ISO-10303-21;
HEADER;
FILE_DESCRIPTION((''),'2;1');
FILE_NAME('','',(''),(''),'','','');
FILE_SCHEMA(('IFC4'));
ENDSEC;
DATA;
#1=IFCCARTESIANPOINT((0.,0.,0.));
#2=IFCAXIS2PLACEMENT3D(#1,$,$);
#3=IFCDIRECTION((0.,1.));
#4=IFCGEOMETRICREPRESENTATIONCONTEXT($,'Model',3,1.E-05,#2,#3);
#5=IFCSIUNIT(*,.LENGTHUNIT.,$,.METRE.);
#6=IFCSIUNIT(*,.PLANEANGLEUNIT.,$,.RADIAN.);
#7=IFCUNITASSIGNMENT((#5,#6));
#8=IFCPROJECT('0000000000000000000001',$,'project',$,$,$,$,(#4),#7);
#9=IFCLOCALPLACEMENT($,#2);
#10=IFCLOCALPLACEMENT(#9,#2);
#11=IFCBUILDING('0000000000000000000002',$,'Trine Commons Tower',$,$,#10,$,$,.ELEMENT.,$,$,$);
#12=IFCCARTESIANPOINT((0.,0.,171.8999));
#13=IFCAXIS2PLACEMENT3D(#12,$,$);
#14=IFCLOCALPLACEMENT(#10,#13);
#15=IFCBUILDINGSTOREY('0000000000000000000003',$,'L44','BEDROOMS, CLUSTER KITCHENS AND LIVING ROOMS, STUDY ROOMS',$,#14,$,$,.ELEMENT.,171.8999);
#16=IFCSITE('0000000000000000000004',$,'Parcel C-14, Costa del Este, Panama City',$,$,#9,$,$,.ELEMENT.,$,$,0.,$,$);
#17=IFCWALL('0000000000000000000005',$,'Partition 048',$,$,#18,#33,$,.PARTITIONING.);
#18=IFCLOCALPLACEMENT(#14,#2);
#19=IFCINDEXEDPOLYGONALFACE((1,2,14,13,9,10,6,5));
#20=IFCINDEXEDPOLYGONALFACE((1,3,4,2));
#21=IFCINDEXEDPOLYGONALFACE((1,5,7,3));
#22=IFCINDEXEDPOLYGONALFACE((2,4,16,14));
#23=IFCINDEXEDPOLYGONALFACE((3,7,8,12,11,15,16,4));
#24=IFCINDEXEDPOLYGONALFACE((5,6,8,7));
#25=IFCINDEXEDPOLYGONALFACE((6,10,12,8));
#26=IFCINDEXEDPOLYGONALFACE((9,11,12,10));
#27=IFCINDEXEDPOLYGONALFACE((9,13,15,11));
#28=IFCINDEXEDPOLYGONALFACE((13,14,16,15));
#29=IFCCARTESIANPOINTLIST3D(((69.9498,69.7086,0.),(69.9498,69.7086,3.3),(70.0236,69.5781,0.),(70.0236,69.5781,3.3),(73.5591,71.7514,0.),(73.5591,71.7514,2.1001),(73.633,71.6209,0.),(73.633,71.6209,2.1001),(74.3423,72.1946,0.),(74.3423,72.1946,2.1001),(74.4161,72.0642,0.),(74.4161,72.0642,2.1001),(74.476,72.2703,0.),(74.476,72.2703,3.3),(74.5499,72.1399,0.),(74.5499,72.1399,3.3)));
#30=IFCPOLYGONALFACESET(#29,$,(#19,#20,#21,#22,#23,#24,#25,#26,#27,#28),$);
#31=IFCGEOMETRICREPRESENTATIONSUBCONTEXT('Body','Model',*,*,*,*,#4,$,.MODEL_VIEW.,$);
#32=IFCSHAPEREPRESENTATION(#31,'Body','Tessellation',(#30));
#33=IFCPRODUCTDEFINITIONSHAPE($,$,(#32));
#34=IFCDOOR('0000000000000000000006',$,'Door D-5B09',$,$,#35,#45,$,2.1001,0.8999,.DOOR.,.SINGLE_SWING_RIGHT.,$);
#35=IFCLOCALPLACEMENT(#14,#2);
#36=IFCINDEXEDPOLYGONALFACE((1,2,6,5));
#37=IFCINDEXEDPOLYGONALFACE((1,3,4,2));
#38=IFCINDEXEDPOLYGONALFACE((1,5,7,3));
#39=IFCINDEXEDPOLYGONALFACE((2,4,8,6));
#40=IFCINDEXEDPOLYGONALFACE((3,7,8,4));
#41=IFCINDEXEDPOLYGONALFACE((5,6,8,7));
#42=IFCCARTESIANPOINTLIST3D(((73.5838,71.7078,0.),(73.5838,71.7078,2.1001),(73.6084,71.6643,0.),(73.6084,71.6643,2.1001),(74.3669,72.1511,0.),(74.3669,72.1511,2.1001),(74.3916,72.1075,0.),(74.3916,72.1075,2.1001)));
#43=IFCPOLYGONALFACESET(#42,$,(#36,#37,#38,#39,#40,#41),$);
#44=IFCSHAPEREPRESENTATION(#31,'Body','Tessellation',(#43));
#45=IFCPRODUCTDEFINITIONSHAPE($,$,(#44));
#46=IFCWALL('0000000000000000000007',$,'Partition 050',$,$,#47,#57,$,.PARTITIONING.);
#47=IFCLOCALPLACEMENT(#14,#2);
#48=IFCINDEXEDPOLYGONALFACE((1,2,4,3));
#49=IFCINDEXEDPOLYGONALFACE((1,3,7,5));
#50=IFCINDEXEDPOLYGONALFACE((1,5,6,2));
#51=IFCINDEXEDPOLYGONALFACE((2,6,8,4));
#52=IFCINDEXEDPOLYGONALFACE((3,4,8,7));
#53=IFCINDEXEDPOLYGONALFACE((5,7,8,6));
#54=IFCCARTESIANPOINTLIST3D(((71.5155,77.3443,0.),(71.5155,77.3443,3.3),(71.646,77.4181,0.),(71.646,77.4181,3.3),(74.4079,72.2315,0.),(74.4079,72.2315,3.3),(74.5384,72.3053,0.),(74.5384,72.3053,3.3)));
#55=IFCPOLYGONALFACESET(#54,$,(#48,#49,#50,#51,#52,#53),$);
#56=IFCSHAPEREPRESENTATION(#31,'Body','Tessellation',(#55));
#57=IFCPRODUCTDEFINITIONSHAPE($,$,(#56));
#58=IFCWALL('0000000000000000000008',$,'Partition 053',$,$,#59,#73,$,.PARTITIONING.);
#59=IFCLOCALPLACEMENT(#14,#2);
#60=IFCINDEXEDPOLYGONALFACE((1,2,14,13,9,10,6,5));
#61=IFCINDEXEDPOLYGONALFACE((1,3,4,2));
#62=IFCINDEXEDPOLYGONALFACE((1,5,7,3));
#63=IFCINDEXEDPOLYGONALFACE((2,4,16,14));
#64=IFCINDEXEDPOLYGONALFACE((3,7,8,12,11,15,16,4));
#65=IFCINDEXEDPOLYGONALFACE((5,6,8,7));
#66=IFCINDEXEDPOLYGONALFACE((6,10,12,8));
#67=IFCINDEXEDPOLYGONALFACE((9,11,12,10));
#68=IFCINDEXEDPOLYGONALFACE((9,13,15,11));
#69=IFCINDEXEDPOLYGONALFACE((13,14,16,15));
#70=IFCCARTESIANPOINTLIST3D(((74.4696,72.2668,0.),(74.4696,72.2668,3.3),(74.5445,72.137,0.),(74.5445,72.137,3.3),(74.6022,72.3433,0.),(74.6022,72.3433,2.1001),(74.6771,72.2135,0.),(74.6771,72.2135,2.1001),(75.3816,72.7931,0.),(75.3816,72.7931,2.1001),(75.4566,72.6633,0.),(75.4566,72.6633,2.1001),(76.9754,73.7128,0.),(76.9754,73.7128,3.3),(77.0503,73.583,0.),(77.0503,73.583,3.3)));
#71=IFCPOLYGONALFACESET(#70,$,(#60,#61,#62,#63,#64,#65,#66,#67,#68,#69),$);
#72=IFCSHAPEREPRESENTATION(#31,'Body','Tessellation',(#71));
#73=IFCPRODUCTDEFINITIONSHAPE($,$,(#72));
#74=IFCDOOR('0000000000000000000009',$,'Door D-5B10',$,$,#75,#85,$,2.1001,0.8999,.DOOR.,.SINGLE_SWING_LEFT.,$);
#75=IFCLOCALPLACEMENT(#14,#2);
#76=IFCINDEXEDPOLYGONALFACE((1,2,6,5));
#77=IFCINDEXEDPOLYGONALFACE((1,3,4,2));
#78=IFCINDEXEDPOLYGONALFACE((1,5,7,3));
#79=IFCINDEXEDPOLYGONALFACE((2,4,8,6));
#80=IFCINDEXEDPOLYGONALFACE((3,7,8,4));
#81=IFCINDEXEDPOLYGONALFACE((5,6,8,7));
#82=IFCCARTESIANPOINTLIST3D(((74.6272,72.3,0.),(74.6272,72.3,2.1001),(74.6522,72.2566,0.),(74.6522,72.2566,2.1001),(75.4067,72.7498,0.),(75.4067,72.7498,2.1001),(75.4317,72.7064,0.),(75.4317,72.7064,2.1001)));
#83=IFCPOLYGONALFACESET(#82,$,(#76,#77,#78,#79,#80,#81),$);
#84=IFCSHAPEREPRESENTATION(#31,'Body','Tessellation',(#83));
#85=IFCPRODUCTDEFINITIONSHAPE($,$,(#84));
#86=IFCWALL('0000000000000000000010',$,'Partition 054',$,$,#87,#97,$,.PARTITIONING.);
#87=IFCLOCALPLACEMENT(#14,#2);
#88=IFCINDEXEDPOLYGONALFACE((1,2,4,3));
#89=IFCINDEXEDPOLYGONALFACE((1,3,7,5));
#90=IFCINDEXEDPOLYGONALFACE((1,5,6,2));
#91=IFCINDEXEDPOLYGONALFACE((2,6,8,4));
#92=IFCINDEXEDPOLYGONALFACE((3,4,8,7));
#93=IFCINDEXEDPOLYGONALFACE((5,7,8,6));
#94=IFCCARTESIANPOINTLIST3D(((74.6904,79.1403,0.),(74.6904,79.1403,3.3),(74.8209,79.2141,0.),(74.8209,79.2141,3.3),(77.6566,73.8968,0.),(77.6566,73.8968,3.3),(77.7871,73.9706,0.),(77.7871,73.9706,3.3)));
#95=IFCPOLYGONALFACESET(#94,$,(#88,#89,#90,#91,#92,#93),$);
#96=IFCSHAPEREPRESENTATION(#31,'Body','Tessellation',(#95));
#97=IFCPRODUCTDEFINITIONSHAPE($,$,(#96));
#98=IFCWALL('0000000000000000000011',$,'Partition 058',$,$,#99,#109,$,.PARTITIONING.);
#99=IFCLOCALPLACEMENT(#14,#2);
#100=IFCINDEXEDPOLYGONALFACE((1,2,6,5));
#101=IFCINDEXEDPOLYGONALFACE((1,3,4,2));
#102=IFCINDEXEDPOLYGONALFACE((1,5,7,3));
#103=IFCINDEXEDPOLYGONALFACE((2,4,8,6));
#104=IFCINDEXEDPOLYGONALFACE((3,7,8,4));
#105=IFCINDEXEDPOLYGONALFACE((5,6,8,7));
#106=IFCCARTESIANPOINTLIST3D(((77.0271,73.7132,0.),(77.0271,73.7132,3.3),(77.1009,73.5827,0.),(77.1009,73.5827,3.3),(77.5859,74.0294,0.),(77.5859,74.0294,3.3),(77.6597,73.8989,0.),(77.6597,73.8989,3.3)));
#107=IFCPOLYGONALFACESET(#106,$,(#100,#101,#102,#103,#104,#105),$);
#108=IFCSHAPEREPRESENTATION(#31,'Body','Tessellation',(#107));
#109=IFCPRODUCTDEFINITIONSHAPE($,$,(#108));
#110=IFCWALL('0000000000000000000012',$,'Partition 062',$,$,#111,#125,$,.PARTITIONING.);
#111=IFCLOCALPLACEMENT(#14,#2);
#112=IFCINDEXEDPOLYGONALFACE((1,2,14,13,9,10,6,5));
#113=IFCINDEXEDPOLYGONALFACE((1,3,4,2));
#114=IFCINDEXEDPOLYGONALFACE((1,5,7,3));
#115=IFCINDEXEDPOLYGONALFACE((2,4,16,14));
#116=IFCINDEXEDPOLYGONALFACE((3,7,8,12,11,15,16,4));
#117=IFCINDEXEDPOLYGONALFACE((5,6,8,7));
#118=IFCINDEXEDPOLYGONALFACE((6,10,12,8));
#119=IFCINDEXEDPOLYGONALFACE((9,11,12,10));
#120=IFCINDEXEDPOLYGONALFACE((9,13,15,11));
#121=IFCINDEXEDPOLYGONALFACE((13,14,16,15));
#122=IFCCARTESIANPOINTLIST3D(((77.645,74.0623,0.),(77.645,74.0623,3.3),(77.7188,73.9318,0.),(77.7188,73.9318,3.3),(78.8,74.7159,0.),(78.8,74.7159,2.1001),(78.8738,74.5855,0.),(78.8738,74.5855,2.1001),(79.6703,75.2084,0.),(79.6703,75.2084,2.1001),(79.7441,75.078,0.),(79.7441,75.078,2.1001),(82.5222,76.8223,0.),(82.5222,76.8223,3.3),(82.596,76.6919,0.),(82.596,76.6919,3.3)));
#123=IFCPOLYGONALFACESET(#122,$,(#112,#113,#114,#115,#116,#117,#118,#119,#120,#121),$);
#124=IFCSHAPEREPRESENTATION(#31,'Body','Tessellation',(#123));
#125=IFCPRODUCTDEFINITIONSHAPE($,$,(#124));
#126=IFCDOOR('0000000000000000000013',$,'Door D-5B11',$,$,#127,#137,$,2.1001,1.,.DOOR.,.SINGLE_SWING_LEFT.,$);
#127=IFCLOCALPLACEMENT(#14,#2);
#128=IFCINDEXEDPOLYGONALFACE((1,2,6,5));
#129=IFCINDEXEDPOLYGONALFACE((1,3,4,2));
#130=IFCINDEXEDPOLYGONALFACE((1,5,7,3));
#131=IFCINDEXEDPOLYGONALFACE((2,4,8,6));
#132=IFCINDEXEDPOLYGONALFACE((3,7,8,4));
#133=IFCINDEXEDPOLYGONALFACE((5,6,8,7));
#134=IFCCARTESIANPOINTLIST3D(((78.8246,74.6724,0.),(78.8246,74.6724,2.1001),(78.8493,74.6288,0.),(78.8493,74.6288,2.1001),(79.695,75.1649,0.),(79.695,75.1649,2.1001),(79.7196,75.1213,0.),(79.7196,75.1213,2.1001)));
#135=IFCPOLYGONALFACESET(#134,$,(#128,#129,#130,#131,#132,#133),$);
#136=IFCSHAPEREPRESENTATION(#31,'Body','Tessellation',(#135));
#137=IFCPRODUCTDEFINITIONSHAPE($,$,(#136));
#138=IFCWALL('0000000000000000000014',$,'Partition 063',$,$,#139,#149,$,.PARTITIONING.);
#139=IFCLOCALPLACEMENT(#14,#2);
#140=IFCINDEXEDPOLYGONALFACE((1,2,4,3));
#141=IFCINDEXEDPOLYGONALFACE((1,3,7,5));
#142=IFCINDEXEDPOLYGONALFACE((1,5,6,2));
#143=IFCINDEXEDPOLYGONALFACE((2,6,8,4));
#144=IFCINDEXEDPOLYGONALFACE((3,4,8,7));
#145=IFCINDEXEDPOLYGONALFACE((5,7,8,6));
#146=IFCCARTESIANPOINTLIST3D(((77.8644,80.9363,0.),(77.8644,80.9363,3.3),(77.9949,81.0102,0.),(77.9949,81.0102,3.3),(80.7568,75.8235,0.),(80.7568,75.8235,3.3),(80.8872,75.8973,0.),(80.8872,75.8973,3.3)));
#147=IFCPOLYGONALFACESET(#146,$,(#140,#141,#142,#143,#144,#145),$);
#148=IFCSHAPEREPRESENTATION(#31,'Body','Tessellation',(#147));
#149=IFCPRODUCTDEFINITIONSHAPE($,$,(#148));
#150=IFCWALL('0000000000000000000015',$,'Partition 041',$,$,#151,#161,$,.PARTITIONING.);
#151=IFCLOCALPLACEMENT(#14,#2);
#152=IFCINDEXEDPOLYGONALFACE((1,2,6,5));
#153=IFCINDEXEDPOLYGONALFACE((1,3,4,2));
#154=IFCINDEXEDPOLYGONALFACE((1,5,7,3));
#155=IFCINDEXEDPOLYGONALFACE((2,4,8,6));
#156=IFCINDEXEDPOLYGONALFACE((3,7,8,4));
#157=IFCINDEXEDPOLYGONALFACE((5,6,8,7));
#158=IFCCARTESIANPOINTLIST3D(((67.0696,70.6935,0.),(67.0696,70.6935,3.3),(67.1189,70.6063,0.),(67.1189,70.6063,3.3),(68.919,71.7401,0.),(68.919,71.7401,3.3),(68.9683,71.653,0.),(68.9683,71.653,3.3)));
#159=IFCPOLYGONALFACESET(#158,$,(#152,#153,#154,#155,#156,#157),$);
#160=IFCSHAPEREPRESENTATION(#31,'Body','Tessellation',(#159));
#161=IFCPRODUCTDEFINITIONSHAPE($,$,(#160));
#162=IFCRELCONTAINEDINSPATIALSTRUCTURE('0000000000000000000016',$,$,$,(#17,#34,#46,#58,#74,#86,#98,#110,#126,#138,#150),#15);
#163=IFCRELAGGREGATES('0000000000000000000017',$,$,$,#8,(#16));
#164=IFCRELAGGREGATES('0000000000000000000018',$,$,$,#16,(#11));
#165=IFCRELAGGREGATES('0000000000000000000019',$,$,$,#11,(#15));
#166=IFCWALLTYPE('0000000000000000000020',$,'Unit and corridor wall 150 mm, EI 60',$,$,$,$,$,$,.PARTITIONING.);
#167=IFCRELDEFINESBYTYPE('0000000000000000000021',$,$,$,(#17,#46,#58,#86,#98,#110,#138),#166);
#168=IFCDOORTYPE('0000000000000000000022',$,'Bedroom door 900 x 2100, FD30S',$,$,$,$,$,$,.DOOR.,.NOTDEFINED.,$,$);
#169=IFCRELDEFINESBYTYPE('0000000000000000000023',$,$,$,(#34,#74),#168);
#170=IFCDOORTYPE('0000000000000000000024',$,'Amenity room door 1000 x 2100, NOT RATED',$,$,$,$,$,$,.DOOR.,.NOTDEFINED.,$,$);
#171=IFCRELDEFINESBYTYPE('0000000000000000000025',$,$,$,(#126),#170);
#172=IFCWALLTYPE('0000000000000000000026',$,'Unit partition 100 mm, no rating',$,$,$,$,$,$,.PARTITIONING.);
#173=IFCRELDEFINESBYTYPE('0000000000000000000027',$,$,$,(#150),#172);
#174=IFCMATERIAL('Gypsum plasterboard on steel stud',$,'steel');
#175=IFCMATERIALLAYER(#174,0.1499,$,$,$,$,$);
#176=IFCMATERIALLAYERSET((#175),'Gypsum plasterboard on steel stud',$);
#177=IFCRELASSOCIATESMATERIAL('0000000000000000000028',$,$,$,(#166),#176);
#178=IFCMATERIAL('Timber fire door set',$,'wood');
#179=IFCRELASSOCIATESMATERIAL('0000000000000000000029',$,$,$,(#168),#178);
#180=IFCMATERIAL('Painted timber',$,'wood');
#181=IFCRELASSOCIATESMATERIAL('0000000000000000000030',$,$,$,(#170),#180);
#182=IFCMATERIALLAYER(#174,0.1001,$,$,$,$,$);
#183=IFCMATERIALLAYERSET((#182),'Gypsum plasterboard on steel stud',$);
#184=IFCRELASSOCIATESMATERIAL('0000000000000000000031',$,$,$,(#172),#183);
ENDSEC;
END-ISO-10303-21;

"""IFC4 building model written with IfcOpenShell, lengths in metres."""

from ifc_helpers import new_model, si_unit, direction, frame, frame_2d, origin, place, context, subcontext, project, spatial, rectangle, extrude, material, layer, layer_set, type_object, element, fill, save


model = new_model("IFC4")

# Units and contexts
model_context = context("Model", 3, precision=1e-05, world=origin(), true_north=direction((0.0, 1.0)))
body_context = subcontext(model_context, "Body", "Model", "MODEL_VIEW")
ifc_project = project(units=[si_unit("LENGTHUNIT", "METRE"), si_unit("PLANEANGLEUNIT", "RADIAN")], contexts=[model_context])

# Site, building, storey
site_placement = place(None, origin())
site = spatial("IfcSite", under=ifc_project, at=site_placement, Name="Parcel C-14, Costa del Este, Panama City", CompositionType="ELEMENT", RefElevation=0.0)
building_placement = place(site_placement, origin())
building = spatial("IfcBuilding", under=site, at=building_placement, Name="Trine Commons Tower", CompositionType="ELEMENT")
storey_placement = place(building_placement, frame((0.0, 0.0, 171.8999)))
storey = spatial("IfcBuildingStorey", under=building, at=storey_placement, Name="L44", Description="BEDROOMS, CLUSTER KITCHENS AND LIVING ROOMS, STUDY ROOMS", CompositionType="ELEMENT", Elevation=171.8999)

# Shared definitions
ifc_material_1 = material(Name="Gypsum plasterboard on steel stud", Category="steel")
ifc_layer_1 = layer(ifc_material_1, 0.1499)
ifc_layer_set_1 = layer_set([ifc_layer_1], Name="Gypsum plasterboard on steel stud")
wall_type_1 = type_object("IfcWallType", Name="Unit and corridor wall 150 mm, EI 60", PredefinedType="PARTITIONING", material=ifc_layer_set_1)

# Wall, opening, door
wall_1_placement = place(storey_placement, frame((69.9866, 69.6433, 0.0), z_axis=(0.0, 0.0, 1.0), x_axis=(0.870284, 0.492551, 0.0)))
wall_1 = element("IfcWall", 1, at=wall_1_placement, inside=storey, type_object=wall_type_1, Name="Partition 048", PredefinedType="PARTITIONING", context=body_context, shape_type="SweptSolid", body=[
    extrude(rectangle(XDim=5.2009, YDim=0.1499, at=frame_2d((2.6006, 0.0))), origin(), (0.0, 0.0, 1.0), 3.3),
])
opening_1_placement = place(wall_1_placement, frame((4.1475, 0.0, 0.0)))
opening_1 = element("IfcOpeningElement", 2, at=opening_1_placement, cuts=wall_1, PredefinedType="OPENING", context=body_context, shape_type="SweptSolid", body=[
    extrude(rectangle(XDim=0.8999, YDim=2.1001, at=frame_2d((0.45, 1.05))), frame((0.0, 0.085, 0.0), z_axis=(0.0, -1.0, 0.0), x_axis=(1.0, 0.0, 0.0)), (0.0, 0.0, 1.0), 0.1699),
])
ifc_material_2 = material(Name="Timber fire door set", Category="wood")
door_type_1 = type_object("IfcDoorType", Name="Bedroom door 900 x 2100, FD30S", OperationType="NOTDEFINED", PredefinedType="DOOR", material=ifc_material_2)
door_1_placement = place(opening_1_placement, origin())
door_1 = element("IfcDoor", 3, at=door_1_placement, inside=storey, type_object=door_type_1, Name="Door D-5B09", OperationType="SINGLE_SWING_RIGHT", OverallHeight=2.1001, OverallWidth=0.8999, PredefinedType="DOOR", context=body_context, shape_type="SweptSolid", body=[
    extrude(rectangle(XDim=0.8999, YDim=2.1001, at=frame_2d((0.45, 1.05))), frame((0.0, 0.0249, 0.0), z_axis=(0.0, -1.0, 0.0), x_axis=(1.0, 0.0, 0.0)), (0.0, 0.0, 1.0), 0.05),
])
fill(opening_1, door_1)

# Wall
wall_2_placement = place(storey_placement, frame((71.5808, 77.3811, 0.0), z_axis=(0.0, 0.0, 1.0), x_axis=(0.492379, -0.870381, 0.0)))
element("IfcWall", 4, at=wall_2_placement, inside=storey, type_object=wall_type_1, Name="Partition 050", PredefinedType="PARTITIONING", context=body_context, shape_type="SweptSolid", body=[
    extrude(rectangle(XDim=5.8743, YDim=0.1499, at=frame_2d((2.937, 0.0))), origin(), (0.0, 0.0, 1.0), 3.3),
])

# Wall, opening, door
wall_3_placement = place(storey_placement, frame((74.5071, 72.2019, 0.0), z_axis=(0.0, 0.0, 1.0), x_axis=(0.866132, 0.499815, 0.0)))
wall_3 = element("IfcWall", 5, at=wall_3_placement, inside=storey, type_object=wall_type_1, Name="Partition 053", PredefinedType="PARTITIONING", context=body_context, shape_type="SweptSolid", body=[
    extrude(rectangle(XDim=2.8931, YDim=0.1499, at=frame_2d((1.4465, 0.0))), origin(), (0.0, 0.0, 1.0), 3.3),
])
opening_2_placement = place(wall_3_placement, frame((0.1531, 0.0, 0.0)))
opening_2 = element("IfcOpeningElement", 6, at=opening_2_placement, cuts=wall_3, PredefinedType="OPENING", context=body_context, shape_type="SweptSolid", body=[
    extrude(rectangle(XDim=0.8999, YDim=2.1001, at=frame_2d((0.45, 1.05))), frame((0.0, 0.085, 0.0), z_axis=(0.0, -1.0, 0.0), x_axis=(1.0, 0.0, 0.0)), (0.0, 0.0, 1.0), 0.1699),
])
door_2_placement = place(opening_2_placement, origin())
door_2 = element("IfcDoor", 7, at=door_2_placement, inside=storey, type_object=door_type_1, Name="Door D-5B10", OperationType="SINGLE_SWING_LEFT", OverallHeight=2.1001, OverallWidth=0.8999, PredefinedType="DOOR", context=body_context, shape_type="SweptSolid", body=[
    extrude(rectangle(XDim=0.8999, YDim=2.1001, at=frame_2d((0.45, 1.05))), frame((0.0, 0.0249, 0.0), z_axis=(0.0, -1.0, 0.0), x_axis=(1.0, 0.0, 0.0)), (0.0, 0.0, 1.0), 0.05),
])
fill(opening_2, door_2)

# Walls
wall_4_placement = place(storey_placement, frame((74.7556, 79.1772, 0.0), z_axis=(0.0, 0.0, 1.0), x_axis=(0.492372, -0.870385, 0.0)))
element("IfcWall", 8, at=wall_4_placement, inside=storey, type_object=wall_type_1, Name="Partition 054", PredefinedType="PARTITIONING", context=body_context, shape_type="SweptSolid", body=[
    extrude(rectangle(XDim=6.0244, YDim=0.1499, at=frame_2d((3.0122, 0.0))), origin(), (0.0, 0.0, 1.0), 3.3),
])
wall_5_placement = place(storey_placement, frame((77.064, 73.6479, 0.0), z_axis=(0.0, 0.0, 1.0), x_axis=(0.870364, 0.492408, 0.0)))
element("IfcWall", 9, at=wall_5_placement, inside=storey, type_object=wall_type_1, Name="Partition 058", PredefinedType="PARTITIONING", context=body_context, shape_type="SweptSolid", body=[
    extrude(rectangle(XDim=0.6421, YDim=0.1499, at=frame_2d((0.321, 0.0))), origin(), (0.0, 0.0, 1.0), 3.3),
])

# Wall, opening, door
wall_6_placement = place(storey_placement, frame((77.6819, 73.9971, 0.0), z_axis=(0.0, 0.0, 1.0), x_axis=(0.870308, 0.492508, 0.0)))
wall_6 = element("IfcWall", 10, at=wall_6_placement, inside=storey, type_object=wall_type_1, Name="Partition 062", PredefinedType="PARTITIONING", context=body_context, shape_type="SweptSolid", body=[
    extrude(rectangle(XDim=5.604, YDim=0.1499, at=frame_2d((2.802, 0.0))), origin(), (0.0, 0.0, 1.0), 3.3),
])
opening_3_placement = place(wall_6_placement, frame((1.3271, 0.0, 0.0)))
opening_3 = element("IfcOpeningElement", 11, at=opening_3_placement, cuts=wall_6, PredefinedType="OPENING", context=body_context, shape_type="SweptSolid", body=[
    extrude(rectangle(XDim=1.0, YDim=2.1001, at=frame_2d((0.5, 1.05))), frame((0.0, 0.085, 0.0), z_axis=(0.0, -1.0, 0.0), x_axis=(1.0, 0.0, 0.0)), (0.0, 0.0, 1.0), 0.1699),
])
ifc_material_3 = material(Name="Painted timber", Category="wood")
door_type_2 = type_object("IfcDoorType", Name="Amenity room door 1000 x 2100, NOT RATED", OperationType="NOTDEFINED", PredefinedType="DOOR", material=ifc_material_3)
door_3_placement = place(opening_3_placement, origin())
door_3 = element("IfcDoor", 12, at=door_3_placement, inside=storey, type_object=door_type_2, Name="Door D-5B11", OperationType="SINGLE_SWING_LEFT", OverallHeight=2.1001, OverallWidth=1.0, PredefinedType="DOOR", context=body_context, shape_type="SweptSolid", body=[
    extrude(rectangle(XDim=1.0, YDim=2.1001, at=frame_2d((0.5, 1.05))), frame((0.0, 0.0249, 0.0), z_axis=(0.0, -1.0, 0.0), x_axis=(1.0, 0.0, 0.0)), (0.0, 0.0, 1.0), 0.05),
])
fill(opening_3, door_3)

# Walls
wall_7_placement = place(storey_placement, frame((77.9297, 80.9731, 0.0), z_axis=(0.0, 0.0, 1.0), x_axis=(0.492379, -0.870381, 0.0)))
element("IfcWall", 13, at=wall_7_placement, inside=storey, type_object=wall_type_1, Name="Partition 063", PredefinedType="PARTITIONING", context=body_context, shape_type="SweptSolid", body=[
    extrude(rectangle(XDim=5.8743, YDim=0.1499, at=frame_2d((2.937, 0.0))), origin(), (0.0, 0.0, 1.0), 3.3),
])
ifc_layer_2 = layer(ifc_material_1, 0.1001)
ifc_layer_set_2 = layer_set([ifc_layer_2], Name="Gypsum plasterboard on steel stud")
wall_type_2 = type_object("IfcWallType", Name="Unit partition 100 mm, no rating", PredefinedType="PARTITIONING", material=ifc_layer_set_2)
wall_8_placement = place(storey_placement, frame((67.0942, 70.6499, 0.0), z_axis=(0.0, 0.0, 1.0), x_axis=(0.870293, 0.492534, 0.0)))
element("IfcWall", 14, at=wall_8_placement, inside=storey, type_object=wall_type_2, Name="Partition 041", PredefinedType="PARTITIONING", context=body_context, shape_type="SweptSolid", body=[
    extrude(rectangle(XDim=2.125, YDim=0.1001, at=frame_2d((1.0625, 0.0))), origin(), (0.0, 0.0, 1.0), 3.3),
])

save(model, "model.ifc")
